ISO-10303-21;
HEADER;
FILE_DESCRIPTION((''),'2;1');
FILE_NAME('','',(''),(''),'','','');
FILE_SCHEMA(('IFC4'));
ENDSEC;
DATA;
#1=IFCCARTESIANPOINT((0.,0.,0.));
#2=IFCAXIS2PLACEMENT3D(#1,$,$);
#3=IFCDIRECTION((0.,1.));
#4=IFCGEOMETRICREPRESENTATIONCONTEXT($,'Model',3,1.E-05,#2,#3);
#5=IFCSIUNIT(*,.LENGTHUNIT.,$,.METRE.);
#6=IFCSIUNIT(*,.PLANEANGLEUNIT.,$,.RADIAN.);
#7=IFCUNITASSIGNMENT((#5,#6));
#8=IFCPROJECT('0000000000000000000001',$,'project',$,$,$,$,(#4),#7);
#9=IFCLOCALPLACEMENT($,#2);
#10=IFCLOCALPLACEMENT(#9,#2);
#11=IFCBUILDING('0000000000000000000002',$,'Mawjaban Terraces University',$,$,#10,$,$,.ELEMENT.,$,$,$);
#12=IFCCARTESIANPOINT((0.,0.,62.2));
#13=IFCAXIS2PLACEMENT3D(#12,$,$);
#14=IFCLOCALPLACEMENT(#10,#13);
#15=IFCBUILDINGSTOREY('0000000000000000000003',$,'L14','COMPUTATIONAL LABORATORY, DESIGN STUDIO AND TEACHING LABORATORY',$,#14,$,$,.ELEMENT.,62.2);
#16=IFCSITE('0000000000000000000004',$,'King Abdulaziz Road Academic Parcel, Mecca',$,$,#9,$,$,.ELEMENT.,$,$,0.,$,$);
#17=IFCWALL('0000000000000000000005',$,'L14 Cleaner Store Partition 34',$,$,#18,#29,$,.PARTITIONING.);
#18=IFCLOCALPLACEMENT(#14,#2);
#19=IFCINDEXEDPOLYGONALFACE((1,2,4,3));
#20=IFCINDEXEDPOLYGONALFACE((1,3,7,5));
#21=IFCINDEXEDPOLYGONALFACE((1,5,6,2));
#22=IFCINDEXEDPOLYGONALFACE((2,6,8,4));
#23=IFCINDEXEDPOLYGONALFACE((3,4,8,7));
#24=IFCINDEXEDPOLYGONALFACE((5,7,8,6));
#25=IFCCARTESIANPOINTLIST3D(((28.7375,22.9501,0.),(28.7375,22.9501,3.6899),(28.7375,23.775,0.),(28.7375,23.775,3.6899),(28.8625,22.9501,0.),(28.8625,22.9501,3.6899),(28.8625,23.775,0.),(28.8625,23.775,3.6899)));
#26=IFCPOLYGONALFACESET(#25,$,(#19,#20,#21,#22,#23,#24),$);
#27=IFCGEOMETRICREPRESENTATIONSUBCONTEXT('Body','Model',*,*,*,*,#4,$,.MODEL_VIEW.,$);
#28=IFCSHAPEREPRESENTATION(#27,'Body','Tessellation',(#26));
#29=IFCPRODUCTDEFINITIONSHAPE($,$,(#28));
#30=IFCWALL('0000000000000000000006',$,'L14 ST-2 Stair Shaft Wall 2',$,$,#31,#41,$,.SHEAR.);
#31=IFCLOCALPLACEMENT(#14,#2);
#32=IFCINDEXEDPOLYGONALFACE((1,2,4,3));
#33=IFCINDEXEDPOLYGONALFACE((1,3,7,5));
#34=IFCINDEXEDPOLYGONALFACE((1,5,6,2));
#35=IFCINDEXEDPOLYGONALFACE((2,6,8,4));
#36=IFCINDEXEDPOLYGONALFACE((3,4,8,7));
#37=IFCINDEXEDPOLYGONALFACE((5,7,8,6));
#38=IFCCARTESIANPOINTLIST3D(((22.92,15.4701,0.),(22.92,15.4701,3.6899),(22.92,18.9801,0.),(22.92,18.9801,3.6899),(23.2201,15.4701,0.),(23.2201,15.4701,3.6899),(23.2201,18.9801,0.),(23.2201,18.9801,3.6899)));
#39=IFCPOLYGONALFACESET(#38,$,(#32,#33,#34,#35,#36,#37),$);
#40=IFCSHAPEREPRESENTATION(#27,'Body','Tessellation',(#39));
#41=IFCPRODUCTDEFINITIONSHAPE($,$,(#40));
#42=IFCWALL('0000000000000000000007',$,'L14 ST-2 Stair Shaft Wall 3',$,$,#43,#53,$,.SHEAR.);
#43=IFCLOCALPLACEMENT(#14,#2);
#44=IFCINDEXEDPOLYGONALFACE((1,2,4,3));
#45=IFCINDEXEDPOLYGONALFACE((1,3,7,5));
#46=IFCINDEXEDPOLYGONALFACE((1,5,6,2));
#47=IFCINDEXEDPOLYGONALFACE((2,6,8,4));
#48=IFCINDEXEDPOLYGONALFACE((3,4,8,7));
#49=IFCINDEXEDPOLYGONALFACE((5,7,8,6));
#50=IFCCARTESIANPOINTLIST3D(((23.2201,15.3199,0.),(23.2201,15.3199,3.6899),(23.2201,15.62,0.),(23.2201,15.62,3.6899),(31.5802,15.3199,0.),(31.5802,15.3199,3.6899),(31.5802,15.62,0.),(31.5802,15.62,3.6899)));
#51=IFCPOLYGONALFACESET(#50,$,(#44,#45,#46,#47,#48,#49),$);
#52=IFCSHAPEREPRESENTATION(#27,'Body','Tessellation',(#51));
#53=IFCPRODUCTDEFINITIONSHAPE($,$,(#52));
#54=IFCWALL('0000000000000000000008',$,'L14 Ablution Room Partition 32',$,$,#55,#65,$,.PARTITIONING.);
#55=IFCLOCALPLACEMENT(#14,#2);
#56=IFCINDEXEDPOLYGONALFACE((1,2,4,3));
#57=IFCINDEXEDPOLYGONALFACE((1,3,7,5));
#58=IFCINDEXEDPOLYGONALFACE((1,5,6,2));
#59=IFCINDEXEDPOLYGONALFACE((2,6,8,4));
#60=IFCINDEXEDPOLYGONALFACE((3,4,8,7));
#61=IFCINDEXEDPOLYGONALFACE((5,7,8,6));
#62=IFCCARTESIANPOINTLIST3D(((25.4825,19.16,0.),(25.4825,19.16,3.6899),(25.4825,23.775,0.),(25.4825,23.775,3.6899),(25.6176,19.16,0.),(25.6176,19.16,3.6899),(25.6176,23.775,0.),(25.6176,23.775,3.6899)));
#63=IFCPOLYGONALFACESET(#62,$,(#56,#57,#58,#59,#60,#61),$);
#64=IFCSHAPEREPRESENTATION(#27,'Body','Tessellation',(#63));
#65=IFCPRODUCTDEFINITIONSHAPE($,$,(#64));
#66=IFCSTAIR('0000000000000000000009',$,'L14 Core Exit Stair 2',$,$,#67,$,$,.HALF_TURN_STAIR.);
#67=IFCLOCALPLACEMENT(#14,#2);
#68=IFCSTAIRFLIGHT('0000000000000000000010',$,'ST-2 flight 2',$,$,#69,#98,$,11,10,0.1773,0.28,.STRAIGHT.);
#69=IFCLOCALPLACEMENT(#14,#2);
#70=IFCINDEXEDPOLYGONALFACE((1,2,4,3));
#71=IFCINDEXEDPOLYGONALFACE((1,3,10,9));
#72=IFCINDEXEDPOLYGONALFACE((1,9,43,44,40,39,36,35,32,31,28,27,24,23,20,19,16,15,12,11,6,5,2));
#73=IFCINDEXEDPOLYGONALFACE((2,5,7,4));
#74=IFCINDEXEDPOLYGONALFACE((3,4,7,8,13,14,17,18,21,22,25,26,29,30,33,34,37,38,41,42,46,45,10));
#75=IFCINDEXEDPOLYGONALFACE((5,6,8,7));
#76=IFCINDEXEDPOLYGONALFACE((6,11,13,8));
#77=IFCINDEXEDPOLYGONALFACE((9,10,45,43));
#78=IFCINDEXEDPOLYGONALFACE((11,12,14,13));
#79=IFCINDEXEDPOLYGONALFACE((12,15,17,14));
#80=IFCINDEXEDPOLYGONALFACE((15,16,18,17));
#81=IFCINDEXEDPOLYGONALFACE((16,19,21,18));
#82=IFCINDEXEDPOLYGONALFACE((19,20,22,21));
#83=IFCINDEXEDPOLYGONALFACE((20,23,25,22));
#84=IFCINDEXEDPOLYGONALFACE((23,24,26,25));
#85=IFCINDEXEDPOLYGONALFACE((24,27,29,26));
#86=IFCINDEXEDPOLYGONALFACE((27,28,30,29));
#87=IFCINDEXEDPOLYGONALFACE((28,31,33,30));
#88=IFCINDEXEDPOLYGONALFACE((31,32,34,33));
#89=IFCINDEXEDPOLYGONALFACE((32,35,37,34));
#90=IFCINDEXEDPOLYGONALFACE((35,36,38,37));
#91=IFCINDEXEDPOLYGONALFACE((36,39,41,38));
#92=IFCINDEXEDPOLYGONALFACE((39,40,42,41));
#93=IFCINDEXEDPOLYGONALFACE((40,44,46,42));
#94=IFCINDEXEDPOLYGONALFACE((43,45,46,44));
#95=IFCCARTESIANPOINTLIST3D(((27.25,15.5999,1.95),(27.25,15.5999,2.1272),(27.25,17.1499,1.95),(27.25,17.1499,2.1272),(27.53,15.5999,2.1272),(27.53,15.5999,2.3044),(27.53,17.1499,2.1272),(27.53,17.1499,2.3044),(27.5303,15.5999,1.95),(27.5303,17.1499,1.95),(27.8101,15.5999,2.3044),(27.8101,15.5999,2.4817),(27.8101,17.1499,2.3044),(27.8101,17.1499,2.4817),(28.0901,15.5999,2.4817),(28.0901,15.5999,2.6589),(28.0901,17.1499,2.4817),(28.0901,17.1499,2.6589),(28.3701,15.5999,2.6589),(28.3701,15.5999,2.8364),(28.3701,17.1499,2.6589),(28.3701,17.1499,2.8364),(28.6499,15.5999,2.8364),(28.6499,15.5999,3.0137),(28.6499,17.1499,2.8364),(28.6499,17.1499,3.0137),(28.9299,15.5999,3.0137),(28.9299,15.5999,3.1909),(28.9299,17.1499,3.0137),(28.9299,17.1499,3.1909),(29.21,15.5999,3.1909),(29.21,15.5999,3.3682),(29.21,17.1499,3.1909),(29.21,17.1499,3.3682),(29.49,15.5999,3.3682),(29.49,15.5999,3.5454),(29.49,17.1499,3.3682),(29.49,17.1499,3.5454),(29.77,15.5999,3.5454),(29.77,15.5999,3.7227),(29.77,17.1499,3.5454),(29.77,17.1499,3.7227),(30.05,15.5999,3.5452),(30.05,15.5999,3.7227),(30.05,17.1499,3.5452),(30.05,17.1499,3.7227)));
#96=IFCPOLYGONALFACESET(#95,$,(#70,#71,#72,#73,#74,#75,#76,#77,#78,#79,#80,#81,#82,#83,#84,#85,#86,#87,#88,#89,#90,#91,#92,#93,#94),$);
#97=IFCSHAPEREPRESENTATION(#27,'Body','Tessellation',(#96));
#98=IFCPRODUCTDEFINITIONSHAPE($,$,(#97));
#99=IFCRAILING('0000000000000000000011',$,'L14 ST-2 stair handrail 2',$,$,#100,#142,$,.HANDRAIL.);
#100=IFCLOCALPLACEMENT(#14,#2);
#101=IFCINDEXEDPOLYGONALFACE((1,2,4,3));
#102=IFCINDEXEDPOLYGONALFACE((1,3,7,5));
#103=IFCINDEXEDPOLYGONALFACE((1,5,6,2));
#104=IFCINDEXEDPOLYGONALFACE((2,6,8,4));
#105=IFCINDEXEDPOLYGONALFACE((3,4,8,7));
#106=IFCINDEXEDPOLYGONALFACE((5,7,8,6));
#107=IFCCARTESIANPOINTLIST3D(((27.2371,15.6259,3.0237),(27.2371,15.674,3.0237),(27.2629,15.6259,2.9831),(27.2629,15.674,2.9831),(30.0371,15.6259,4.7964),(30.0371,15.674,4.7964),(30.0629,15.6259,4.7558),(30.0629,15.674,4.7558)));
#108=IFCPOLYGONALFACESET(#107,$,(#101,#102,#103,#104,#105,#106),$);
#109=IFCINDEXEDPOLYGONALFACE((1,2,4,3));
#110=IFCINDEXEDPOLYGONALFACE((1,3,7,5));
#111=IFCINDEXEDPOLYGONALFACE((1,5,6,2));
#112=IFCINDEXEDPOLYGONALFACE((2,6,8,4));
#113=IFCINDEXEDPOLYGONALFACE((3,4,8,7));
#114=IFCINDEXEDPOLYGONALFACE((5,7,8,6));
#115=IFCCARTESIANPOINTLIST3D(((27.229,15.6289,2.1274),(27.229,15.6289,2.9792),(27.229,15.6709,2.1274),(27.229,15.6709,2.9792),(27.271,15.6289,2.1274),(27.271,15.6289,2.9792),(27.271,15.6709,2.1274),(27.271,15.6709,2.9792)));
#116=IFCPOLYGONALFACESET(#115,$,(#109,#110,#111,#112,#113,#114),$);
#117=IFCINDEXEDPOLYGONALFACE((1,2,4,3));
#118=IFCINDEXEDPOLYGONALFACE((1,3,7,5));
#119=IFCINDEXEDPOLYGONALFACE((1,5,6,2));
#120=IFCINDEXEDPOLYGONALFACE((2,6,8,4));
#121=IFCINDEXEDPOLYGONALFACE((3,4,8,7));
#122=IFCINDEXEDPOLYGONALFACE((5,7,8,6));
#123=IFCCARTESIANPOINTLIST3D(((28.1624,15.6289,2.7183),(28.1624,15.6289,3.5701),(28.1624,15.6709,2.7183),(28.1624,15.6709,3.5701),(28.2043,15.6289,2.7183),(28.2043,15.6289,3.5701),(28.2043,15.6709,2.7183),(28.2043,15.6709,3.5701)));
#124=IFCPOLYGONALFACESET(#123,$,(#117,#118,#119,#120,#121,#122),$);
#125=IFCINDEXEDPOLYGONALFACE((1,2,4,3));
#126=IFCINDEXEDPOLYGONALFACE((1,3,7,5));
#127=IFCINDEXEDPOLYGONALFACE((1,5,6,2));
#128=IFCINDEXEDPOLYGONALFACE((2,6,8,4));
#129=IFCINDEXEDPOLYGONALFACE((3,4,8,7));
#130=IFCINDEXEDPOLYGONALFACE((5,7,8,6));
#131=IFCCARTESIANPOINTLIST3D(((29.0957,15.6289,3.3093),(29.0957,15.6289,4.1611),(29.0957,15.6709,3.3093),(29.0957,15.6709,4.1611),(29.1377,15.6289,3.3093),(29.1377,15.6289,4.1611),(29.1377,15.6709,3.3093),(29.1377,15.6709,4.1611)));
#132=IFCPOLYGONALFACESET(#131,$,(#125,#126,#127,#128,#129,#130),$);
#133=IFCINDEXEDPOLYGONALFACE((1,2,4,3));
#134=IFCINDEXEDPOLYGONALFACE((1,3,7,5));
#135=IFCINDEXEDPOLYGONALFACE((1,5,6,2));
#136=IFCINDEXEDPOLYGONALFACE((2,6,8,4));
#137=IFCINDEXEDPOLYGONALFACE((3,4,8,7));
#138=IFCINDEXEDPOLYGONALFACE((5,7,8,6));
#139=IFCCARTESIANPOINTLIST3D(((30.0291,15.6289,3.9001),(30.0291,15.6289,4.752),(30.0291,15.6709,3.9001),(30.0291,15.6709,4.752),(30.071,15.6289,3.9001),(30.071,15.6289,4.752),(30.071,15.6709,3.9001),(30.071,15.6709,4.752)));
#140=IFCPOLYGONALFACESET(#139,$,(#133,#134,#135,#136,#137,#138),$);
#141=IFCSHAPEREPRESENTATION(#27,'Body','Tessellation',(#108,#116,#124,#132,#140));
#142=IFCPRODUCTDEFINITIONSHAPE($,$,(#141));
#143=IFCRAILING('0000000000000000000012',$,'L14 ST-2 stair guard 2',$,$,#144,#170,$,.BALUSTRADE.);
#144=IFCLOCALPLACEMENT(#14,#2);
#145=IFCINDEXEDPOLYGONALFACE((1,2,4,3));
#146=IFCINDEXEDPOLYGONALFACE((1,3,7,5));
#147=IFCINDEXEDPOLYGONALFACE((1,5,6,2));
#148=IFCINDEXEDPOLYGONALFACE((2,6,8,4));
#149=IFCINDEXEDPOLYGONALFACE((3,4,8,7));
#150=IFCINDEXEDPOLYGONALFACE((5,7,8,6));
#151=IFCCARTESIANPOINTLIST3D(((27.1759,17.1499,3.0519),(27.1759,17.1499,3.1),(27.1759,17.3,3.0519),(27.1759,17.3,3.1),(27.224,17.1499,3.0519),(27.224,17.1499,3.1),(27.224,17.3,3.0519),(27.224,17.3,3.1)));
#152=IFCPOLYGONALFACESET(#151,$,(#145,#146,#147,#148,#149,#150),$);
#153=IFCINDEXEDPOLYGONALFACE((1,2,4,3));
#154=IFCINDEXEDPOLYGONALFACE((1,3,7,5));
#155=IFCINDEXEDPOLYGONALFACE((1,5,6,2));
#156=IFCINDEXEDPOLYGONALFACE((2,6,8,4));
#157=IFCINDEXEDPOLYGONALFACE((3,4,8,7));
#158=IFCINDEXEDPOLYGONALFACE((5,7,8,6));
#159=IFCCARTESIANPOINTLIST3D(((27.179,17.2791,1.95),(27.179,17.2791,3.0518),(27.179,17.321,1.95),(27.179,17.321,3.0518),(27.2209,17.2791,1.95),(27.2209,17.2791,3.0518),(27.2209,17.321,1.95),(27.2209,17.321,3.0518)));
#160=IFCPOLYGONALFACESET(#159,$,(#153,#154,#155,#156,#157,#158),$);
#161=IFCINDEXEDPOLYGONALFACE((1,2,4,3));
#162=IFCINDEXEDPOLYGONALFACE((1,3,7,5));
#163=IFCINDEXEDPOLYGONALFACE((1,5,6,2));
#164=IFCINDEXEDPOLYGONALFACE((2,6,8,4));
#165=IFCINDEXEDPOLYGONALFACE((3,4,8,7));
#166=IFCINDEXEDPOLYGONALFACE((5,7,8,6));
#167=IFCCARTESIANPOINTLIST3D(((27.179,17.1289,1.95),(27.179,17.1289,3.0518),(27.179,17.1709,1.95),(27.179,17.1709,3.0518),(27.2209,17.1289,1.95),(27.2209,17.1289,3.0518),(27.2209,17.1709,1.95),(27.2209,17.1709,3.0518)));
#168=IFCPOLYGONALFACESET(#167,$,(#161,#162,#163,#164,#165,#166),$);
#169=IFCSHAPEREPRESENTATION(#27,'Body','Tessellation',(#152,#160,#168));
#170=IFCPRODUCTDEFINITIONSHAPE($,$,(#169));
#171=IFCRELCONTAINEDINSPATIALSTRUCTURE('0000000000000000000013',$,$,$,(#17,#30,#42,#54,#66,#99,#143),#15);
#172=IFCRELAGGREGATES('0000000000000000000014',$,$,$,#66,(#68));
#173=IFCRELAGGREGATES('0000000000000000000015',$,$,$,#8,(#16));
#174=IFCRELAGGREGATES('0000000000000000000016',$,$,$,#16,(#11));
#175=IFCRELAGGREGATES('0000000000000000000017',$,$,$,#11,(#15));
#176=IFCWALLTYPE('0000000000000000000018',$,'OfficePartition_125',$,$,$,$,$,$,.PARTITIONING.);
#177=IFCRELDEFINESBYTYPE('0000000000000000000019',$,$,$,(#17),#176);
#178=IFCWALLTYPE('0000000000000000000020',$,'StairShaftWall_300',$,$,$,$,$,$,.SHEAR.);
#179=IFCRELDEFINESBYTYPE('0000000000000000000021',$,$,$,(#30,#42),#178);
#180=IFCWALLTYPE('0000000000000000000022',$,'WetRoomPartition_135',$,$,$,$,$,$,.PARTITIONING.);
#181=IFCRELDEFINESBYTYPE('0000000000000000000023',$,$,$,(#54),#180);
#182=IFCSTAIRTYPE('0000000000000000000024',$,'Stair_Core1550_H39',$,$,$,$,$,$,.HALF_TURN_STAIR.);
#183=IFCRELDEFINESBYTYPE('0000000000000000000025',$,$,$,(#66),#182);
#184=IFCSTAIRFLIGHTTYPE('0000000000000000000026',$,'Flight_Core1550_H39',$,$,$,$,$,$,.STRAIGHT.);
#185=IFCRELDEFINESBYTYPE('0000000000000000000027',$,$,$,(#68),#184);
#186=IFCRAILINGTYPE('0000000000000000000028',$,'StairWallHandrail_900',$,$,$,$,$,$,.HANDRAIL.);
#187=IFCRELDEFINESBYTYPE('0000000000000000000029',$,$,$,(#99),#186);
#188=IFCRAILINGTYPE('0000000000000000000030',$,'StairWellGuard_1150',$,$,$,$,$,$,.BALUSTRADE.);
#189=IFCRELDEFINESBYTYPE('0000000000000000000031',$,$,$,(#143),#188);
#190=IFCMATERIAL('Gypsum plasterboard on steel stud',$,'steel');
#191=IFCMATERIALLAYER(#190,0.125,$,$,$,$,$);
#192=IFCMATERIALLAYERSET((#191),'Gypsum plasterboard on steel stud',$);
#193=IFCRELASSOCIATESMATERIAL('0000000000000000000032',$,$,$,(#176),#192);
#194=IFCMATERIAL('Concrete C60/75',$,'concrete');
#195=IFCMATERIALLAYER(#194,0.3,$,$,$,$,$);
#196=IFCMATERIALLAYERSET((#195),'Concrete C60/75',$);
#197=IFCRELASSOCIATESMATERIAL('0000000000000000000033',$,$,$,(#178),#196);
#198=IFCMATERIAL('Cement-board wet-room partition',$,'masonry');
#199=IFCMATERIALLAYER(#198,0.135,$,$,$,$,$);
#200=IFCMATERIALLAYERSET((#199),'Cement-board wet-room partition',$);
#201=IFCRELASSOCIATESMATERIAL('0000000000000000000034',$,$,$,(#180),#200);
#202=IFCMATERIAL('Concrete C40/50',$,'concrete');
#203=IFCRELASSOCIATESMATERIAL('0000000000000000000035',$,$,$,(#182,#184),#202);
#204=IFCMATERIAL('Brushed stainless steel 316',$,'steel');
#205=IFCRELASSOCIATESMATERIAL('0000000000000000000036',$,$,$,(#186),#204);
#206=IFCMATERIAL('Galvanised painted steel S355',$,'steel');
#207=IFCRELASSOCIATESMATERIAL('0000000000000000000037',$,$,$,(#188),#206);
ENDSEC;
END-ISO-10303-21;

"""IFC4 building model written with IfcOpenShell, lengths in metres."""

from ifc_helpers import new_model, si_unit, direction, frame, frame_2d, origin, origin_2d, place, context, subcontext, project, spatial, polyline, rectangle, outline, extrude, material, layer, layer_set, type_object, element, aggregate, save


model = new_model("IFC4")

# Units and contexts
model_context = context("Model", 3, precision=1e-05, world=origin(), true_north=direction((0.0, 1.0)))
body_context = subcontext(model_context, "Body", "Model", "MODEL_VIEW")
ifc_project = project(units=[si_unit("LENGTHUNIT", "METRE"), si_unit("PLANEANGLEUNIT", "RADIAN")], contexts=[model_context])

# Site, building, storey
site_placement = place(None, origin())
site = spatial("IfcSite", under=ifc_project, at=site_placement, Name="King Abdulaziz Road Academic Parcel, Mecca", CompositionType="ELEMENT", RefElevation=0.0)
building_placement = place(site_placement, origin())
building = spatial("IfcBuilding", under=site, at=building_placement, Name="Mawjaban Terraces University", CompositionType="ELEMENT")
storey_placement = place(building_placement, frame((0.0, 0.0, 62.2)))
storey = spatial("IfcBuildingStorey", under=building, at=storey_placement, Name="L14", Description="COMPUTATIONAL LABORATORY, DESIGN STUDIO AND TEACHING LABORATORY", CompositionType="ELEMENT", Elevation=62.2)

# Shared definitions
ifc_material_1 = material(Name="Concrete C40/50", Category="concrete")

# Walls
ifc_material_2 = material(Name="Gypsum plasterboard on steel stud", Category="steel")
ifc_layer_1 = layer(ifc_material_2, 0.125)
ifc_layer_set_1 = layer_set([ifc_layer_1], Name="Gypsum plasterboard on steel stud")
wall_type_1 = type_object("IfcWallType", Name="OfficePartition_125", PredefinedType="PARTITIONING", material=ifc_layer_set_1)
wall_1_placement = place(storey_placement, frame((28.8, 22.95, 0.0), z_axis=(0.0, 0.0, 1.0), x_axis=(0.0, 1.0, 0.0)))
element("IfcWall", 1, at=wall_1_placement, inside=storey, type_object=wall_type_1, Name="L14 Cleaner Store Partition 34", PredefinedType="PARTITIONING", context=body_context, shape_type="SweptSolid", body=[
    extrude(rectangle(XDim=0.825, YDim=0.125, at=frame_2d((0.4126, 0.0))), origin(), (0.0, 0.0, 1.0), 3.6899),
])
ifc_material_3 = material(Name="Concrete C60/75", Category="concrete")
ifc_layer_2 = layer(ifc_material_3, 0.3)
ifc_layer_set_2 = layer_set([ifc_layer_2], Name="Concrete C60/75")
wall_type_2 = type_object("IfcWallType", Name="StairShaftWall_300", PredefinedType="SHEAR", material=ifc_layer_set_2)
wall_2_placement = place(storey_placement, frame((23.0701, 18.98, 0.0), z_axis=(0.0, 0.0, 1.0), x_axis=(0.0, -1.0, 0.0)))
element("IfcWall", 2, at=wall_2_placement, inside=storey, type_object=wall_type_2, Name="L14 ST-2 Stair Shaft Wall 2", PredefinedType="SHEAR", context=body_context, shape_type="SweptSolid", body=[
    extrude(rectangle(XDim=3.51, YDim=0.3, at=frame_2d((1.7549, 0.0))), origin(), (0.0, 0.0, 1.0), 3.6899),
])
wall_3_placement = place(storey_placement, frame((23.22, 15.47, 0.0), z_axis=(0.0, 0.0, 1.0), x_axis=(1.0, 0.0, 0.0)))
element("IfcWall", 3, at=wall_3_placement, inside=storey, type_object=wall_type_2, Name="L14 ST-2 Stair Shaft Wall 3", PredefinedType="SHEAR", context=body_context, shape_type="SweptSolid", body=[
    extrude(rectangle(XDim=8.3601, YDim=0.3, at=frame_2d((4.1802, 0.0))), origin(), (0.0, 0.0, 1.0), 3.6899),
])
ifc_material_4 = material(Name="Cement-board wet-room partition", Category="masonry")
ifc_layer_3 = layer(ifc_material_4, 0.135)
ifc_layer_set_3 = layer_set([ifc_layer_3], Name="Cement-board wet-room partition")
wall_type_3 = type_object("IfcWallType", Name="WetRoomPartition_135", PredefinedType="PARTITIONING", material=ifc_layer_set_3)
wall_4_placement = place(storey_placement, frame((25.55, 19.1599, 0.0), z_axis=(0.0, 0.0, 1.0), x_axis=(0.0, 1.0, 0.0)))
element("IfcWall", 4, at=wall_4_placement, inside=storey, type_object=wall_type_3, Name="L14 Ablution Room Partition 32", PredefinedType="PARTITIONING", context=body_context, shape_type="SweptSolid", body=[
    extrude(rectangle(XDim=4.615, YDim=0.135, at=frame_2d((2.3076, 0.0))), origin(), (0.0, 0.0, 1.0), 3.6899),
])

# Stair, stair flight
stair_type = type_object("IfcStairType", Name="Stair_Core1550_H39", PredefinedType="HALF_TURN_STAIR", material=ifc_material_1)
stair_placement = place(storey_placement, origin())
stair = element("IfcStair", 5, at=stair_placement, inside=storey, type_object=stair_type, Name="L14 Core Exit Stair 2", PredefinedType="HALF_TURN_STAIR")
stair_flight_type = type_object("IfcStairFlightType", Name="Flight_Core1550_H39", PredefinedType="STRAIGHT", material=ifc_material_1)
stair_flight_placement = place(storey_placement, frame((27.25, 16.375, 1.95), z_axis=(0.0, 0.0, 1.0), x_axis=(1.0, 0.0, 0.0)))
stair_flight = element("IfcStairFlight", 6, at=stair_flight_placement, type_object=stair_flight_type, Name="ST-2 flight 2", NumberOfRisers=11, NumberOfTreads=10, PredefinedType="STRAIGHT", RiserHeight=0.1773, TreadLength=0.28, context=body_context, shape_type="SweptSolid", body=[
    extrude(outline(polyline([(0.0, 0.0), (0.0, 0.1772), (0.28, 0.1772), (0.28, 0.3545), (0.5601, 0.3545), (0.5601, 0.5317), (0.8401, 0.5317), (0.8401, 0.709), (1.1201, 0.709), (1.1201, 0.8865), (1.3999, 0.8865), (1.3999, 1.0637), (1.6799, 1.0637), (1.6799, 1.241), (1.96, 1.241), (1.96, 1.4182), (2.24, 1.4182), (2.24, 1.5955), (2.52, 1.5955), (2.52, 1.7727), (2.8, 1.7727), (2.8, 1.95), (2.8, 1.5952), (0.2803, 0.0), (0.0, 0.0)])), frame((0.0, 0.7749, 0.0), z_axis=(0.0, -1.0, 0.0), x_axis=(1.0, 0.0, 0.0)), (0.0, 0.0, 1.0), 1.55),
])
aggregate(stair, [stair_flight])

# Railings
ifc_material_5 = material(Name="Brushed stainless steel 316", Category="steel")
railing_type_1 = type_object("IfcRailingType", Name="StairWallHandrail_900", PredefinedType="HANDRAIL", material=ifc_material_5)
railing_1_placement = place(storey_placement, frame((27.25, 15.6499, 2.1274)))
element("IfcRailing", 7, at=railing_1_placement, inside=storey, type_object=railing_type_1, Name="L14 ST-2 stair handrail 2", PredefinedType="HANDRAIL", context=body_context, shape_type="SweptSolid", body=[
    extrude(rectangle(XDim=0.0481, YDim=0.0481, at=origin_2d()), frame((0.0, 0.0, 0.876), z_axis=(0.844909, 0.0, 0.53491), x_axis=(0.0, 1.0, 0.0)), (0.0, 0.0, 1.0), 3.314),
    extrude(rectangle(XDim=0.042, YDim=0.042, at=origin_2d()), origin(), (0.0, 0.0, 1.0), 0.8518),
    extrude(rectangle(XDim=0.042, YDim=0.042, at=origin_2d()), frame((0.9333, 0.0, 0.5908)), (0.0, 0.0, 1.0), 0.8518),
    extrude(rectangle(XDim=0.042, YDim=0.042, at=origin_2d()), frame((1.8667, 0.0, 1.1819)), (0.0, 0.0, 1.0), 0.8518),
    extrude(rectangle(XDim=0.042, YDim=0.042, at=origin_2d()), frame((2.8, 0.0, 1.7727)), (0.0, 0.0, 1.0), 0.8518),
])
ifc_material_6 = material(Name="Galvanised painted steel S355", Category="steel")
railing_type_2 = type_object("IfcRailingType", Name="StairWellGuard_1150", PredefinedType="BALUSTRADE", material=ifc_material_6)
railing_2_placement = place(storey_placement, frame((27.2, 17.3, 1.95)))
element("IfcRailing", 8, at=railing_2_placement, inside=storey, type_object=railing_type_2, Name="L14 ST-2 stair guard 2", PredefinedType="BALUSTRADE", context=body_context, shape_type="SweptSolid", body=[
    extrude(rectangle(XDim=0.0481, YDim=0.0481, at=origin_2d()), frame((0.0, 0.0, 1.126), z_axis=(0.0, -1.0, 0.0), x_axis=(1.0, 0.0, 0.0)), (0.0, 0.0, 1.0), 0.1501),
    extrude(rectangle(XDim=0.042, YDim=0.042, at=origin_2d()), origin(), (0.0, 0.0, 1.0), 1.1018),
    extrude(rectangle(XDim=0.042, YDim=0.042, at=origin_2d()), frame((0.0, -0.1501, 0.0)), (0.0, 0.0, 1.0), 1.1018),
])

save(model, "model.ifc")
